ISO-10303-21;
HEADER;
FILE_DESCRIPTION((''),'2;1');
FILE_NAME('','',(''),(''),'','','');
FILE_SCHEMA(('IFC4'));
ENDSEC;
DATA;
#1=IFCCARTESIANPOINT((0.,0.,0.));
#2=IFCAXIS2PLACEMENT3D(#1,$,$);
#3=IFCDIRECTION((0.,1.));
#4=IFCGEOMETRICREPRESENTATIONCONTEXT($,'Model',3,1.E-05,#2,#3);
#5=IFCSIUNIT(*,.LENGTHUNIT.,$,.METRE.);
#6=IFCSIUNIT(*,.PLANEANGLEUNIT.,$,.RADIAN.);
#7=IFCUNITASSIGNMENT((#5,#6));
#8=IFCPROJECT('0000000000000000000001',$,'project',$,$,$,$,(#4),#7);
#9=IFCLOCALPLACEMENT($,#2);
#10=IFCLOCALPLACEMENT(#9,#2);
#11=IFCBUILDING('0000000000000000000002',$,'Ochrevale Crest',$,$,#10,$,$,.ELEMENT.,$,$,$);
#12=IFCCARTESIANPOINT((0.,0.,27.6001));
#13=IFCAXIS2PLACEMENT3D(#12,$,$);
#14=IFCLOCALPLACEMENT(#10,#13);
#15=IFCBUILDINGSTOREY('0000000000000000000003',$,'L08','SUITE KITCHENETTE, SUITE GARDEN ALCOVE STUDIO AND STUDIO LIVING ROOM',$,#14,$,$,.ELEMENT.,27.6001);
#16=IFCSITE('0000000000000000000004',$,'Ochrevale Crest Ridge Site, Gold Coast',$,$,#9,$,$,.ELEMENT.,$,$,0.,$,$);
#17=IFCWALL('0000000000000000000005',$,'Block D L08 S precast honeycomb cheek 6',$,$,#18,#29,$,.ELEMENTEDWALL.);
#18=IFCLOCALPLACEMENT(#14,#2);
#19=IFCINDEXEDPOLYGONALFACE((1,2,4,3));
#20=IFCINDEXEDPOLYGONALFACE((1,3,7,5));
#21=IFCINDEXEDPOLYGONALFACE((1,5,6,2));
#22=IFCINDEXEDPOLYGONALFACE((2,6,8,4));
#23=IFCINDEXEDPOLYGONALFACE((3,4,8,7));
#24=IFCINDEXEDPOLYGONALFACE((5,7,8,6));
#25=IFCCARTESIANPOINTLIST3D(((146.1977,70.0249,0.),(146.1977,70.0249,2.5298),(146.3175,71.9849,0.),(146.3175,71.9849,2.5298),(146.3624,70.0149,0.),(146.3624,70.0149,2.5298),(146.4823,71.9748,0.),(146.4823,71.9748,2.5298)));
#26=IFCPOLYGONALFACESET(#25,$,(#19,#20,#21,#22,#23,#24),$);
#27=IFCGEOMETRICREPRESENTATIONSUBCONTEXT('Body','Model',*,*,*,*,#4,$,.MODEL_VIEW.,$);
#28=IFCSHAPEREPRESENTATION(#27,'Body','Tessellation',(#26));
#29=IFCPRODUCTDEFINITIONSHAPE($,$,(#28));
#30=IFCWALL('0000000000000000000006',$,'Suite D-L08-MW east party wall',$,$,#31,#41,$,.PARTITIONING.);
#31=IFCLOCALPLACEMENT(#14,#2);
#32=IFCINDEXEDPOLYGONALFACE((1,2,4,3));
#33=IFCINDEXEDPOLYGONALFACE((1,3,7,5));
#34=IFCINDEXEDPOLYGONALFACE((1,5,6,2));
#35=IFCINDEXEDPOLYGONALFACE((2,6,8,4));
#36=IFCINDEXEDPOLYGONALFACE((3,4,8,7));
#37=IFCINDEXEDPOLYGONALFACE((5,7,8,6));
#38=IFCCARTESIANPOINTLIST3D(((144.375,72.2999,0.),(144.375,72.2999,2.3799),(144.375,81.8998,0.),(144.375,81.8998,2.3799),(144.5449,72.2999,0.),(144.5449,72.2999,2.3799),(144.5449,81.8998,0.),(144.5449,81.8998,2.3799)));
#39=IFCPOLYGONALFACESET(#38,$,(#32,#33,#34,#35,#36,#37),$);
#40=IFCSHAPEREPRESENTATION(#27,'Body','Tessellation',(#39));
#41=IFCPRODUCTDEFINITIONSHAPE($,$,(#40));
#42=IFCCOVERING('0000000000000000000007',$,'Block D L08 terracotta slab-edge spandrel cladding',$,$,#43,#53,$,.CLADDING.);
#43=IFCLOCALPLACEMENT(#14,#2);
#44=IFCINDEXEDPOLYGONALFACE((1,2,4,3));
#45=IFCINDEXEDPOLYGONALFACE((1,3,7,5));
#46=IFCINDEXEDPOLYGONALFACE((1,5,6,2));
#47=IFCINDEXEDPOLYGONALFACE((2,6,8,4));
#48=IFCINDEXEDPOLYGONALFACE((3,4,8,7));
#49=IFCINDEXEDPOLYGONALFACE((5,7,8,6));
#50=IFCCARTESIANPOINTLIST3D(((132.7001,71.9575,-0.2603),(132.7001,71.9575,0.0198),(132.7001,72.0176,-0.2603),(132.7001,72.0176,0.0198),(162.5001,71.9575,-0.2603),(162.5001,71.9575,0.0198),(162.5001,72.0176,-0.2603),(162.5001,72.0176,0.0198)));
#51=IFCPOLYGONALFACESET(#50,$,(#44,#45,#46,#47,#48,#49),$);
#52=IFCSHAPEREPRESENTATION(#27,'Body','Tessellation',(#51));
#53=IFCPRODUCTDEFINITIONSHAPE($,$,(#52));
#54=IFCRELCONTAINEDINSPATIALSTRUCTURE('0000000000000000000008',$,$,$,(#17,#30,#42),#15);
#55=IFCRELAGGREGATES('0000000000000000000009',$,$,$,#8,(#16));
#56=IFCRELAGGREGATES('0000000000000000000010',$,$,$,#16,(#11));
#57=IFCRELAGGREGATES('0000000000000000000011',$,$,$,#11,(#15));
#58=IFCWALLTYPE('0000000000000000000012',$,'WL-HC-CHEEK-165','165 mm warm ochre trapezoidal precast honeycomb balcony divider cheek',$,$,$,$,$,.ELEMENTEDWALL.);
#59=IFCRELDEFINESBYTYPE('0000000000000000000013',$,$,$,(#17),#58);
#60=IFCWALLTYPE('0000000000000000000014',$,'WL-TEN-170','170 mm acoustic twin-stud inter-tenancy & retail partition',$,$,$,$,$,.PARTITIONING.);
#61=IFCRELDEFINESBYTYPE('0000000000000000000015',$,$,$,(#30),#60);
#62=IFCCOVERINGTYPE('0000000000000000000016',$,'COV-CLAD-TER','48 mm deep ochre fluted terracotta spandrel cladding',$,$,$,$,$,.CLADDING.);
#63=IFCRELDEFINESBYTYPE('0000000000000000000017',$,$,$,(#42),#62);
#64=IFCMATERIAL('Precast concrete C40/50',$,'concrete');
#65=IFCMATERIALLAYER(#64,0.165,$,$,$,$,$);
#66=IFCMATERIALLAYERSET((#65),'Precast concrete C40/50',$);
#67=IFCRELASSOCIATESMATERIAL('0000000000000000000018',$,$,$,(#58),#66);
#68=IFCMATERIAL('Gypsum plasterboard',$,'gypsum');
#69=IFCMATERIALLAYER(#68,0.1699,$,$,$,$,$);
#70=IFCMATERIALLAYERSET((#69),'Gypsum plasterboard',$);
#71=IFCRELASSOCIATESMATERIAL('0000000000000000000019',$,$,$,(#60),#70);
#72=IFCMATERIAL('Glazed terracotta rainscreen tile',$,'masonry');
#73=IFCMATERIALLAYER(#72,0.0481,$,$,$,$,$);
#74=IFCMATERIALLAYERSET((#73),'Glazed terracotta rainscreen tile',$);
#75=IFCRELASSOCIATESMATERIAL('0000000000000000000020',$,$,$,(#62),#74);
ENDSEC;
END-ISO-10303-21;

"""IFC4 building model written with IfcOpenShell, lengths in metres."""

from ifc_helpers import new_model, si_unit, direction, frame, frame_2d, origin, origin_2d, place, context, subcontext, project, spatial, rectangle, extrude, material, layer, layer_set, type_object, element, save


model = new_model("IFC4")

# Units and contexts
model_context = context("Model", 3, precision=1e-05, world=origin(), true_north=direction((0.0, 1.0)))
body_context = subcontext(model_context, "Body", "Model", "MODEL_VIEW")
ifc_project = project(units=[si_unit("LENGTHUNIT", "METRE"), si_unit("PLANEANGLEUNIT", "RADIAN")], contexts=[model_context])

# Site, building, storey
site_placement = place(None, origin())
site = spatial("IfcSite", under=ifc_project, at=site_placement, Name="Ochrevale Crest Ridge Site, Gold Coast", CompositionType="ELEMENT", RefElevation=0.0)
building_placement = place(site_placement, origin())
building = spatial("IfcBuilding", under=site, at=building_placement, Name="Ochrevale Crest", CompositionType="ELEMENT")
storey_placement = place(building_placement, frame((0.0, 0.0, 27.6001)))
storey = spatial("IfcBuildingStorey", under=building, at=storey_placement, Name="L08", Description="SUITE KITCHENETTE, SUITE GARDEN ALCOVE STUDIO AND STUDIO LIVING ROOM", CompositionType="ELEMENT", Elevation=27.6001)

# Shared definitions
ifc_material_1 = material(Name="Precast concrete C40/50", Category="concrete")

# Walls
ifc_layer_1 = layer(ifc_material_1, 0.165)
ifc_layer_set_1 = layer_set([ifc_layer_1], Name="Precast concrete C40/50")
wall_type_1 = type_object("IfcWallType", Name="WL-HC-CHEEK-165", Description="165 mm warm ochre trapezoidal precast honeycomb balcony divider cheek", PredefinedType="ELEMENTEDWALL", material=ifc_layer_set_1)
wall_1_placement = place(storey_placement, frame((146.3999, 71.98, 0.0), z_axis=(0.0, 0.0, 1.0), x_axis=(-0.061047, -0.998135, 0.0)))
element("IfcWall", 1, at=wall_1_placement, inside=storey, type_object=wall_type_1, Name="Block D L08 S precast honeycomb cheek 6", PredefinedType="ELEMENTEDWALL", context=body_context, shape_type="SweptSolid", body=[
    extrude(rectangle(XDim=1.9636, YDim=0.165, at=frame_2d((0.9819, 0.0))), origin(), (0.0, 0.0, 1.0), 2.5298),
])
ifc_material_2 = material(Name="Gypsum plasterboard", Category="gypsum")
ifc_layer_2 = layer(ifc_material_2, 0.1699)
ifc_layer_set_2 = layer_set([ifc_layer_2], Name="Gypsum plasterboard")
wall_type_2 = type_object("IfcWallType", Name="WL-TEN-170", Description="170 mm acoustic twin-stud inter-tenancy & retail partition", PredefinedType="PARTITIONING", material=ifc_layer_set_2)
wall_2_placement = place(storey_placement, frame((144.46, 72.3, 0.0), z_axis=(0.0, 0.0, 1.0), x_axis=(0.0, 1.0, 0.0)))
element("IfcWall", 2, at=wall_2_placement, inside=storey, type_object=wall_type_2, Name="Suite D-L08-MW east party wall", PredefinedType="PARTITIONING", context=body_context, shape_type="SweptSolid", body=[
    extrude(rectangle(XDim=9.5999, YDim=0.1699, at=frame_2d((4.7998, 0.0))), origin(), (0.0, 0.0, 1.0), 2.3799),
])

# Covering
ifc_material_3 = material(Name="Glazed terracotta rainscreen tile", Category="masonry")
ifc_layer_3 = layer(ifc_material_3, 0.0481)
ifc_layer_set_3 = layer_set([ifc_layer_3], Name="Glazed terracotta rainscreen tile")
covering_type = type_object("IfcCoveringType", Name="COV-CLAD-TER", Description="48 mm deep ochre fluted terracotta spandrel cladding", PredefinedType="CLADDING", material=ifc_layer_set_3)
covering_placement = place(storey_placement, frame((147.6001, 71.9875, -0.2603), z_axis=(0.0, 0.0, 1.0), x_axis=(1.0, 0.0, 0.0)))
element("IfcCovering", 3, at=covering_placement, inside=storey, type_object=covering_type, Name="Block D L08 terracotta slab-edge spandrel cladding", PredefinedType="CLADDING", context=body_context, shape_type="SweptSolid", body=[
    extrude(rectangle(XDim=29.8, YDim=0.0601, at=origin_2d()), origin(), (0.0, 0.0, 1.0), 0.28),
])

save(model, "model.ifc")
